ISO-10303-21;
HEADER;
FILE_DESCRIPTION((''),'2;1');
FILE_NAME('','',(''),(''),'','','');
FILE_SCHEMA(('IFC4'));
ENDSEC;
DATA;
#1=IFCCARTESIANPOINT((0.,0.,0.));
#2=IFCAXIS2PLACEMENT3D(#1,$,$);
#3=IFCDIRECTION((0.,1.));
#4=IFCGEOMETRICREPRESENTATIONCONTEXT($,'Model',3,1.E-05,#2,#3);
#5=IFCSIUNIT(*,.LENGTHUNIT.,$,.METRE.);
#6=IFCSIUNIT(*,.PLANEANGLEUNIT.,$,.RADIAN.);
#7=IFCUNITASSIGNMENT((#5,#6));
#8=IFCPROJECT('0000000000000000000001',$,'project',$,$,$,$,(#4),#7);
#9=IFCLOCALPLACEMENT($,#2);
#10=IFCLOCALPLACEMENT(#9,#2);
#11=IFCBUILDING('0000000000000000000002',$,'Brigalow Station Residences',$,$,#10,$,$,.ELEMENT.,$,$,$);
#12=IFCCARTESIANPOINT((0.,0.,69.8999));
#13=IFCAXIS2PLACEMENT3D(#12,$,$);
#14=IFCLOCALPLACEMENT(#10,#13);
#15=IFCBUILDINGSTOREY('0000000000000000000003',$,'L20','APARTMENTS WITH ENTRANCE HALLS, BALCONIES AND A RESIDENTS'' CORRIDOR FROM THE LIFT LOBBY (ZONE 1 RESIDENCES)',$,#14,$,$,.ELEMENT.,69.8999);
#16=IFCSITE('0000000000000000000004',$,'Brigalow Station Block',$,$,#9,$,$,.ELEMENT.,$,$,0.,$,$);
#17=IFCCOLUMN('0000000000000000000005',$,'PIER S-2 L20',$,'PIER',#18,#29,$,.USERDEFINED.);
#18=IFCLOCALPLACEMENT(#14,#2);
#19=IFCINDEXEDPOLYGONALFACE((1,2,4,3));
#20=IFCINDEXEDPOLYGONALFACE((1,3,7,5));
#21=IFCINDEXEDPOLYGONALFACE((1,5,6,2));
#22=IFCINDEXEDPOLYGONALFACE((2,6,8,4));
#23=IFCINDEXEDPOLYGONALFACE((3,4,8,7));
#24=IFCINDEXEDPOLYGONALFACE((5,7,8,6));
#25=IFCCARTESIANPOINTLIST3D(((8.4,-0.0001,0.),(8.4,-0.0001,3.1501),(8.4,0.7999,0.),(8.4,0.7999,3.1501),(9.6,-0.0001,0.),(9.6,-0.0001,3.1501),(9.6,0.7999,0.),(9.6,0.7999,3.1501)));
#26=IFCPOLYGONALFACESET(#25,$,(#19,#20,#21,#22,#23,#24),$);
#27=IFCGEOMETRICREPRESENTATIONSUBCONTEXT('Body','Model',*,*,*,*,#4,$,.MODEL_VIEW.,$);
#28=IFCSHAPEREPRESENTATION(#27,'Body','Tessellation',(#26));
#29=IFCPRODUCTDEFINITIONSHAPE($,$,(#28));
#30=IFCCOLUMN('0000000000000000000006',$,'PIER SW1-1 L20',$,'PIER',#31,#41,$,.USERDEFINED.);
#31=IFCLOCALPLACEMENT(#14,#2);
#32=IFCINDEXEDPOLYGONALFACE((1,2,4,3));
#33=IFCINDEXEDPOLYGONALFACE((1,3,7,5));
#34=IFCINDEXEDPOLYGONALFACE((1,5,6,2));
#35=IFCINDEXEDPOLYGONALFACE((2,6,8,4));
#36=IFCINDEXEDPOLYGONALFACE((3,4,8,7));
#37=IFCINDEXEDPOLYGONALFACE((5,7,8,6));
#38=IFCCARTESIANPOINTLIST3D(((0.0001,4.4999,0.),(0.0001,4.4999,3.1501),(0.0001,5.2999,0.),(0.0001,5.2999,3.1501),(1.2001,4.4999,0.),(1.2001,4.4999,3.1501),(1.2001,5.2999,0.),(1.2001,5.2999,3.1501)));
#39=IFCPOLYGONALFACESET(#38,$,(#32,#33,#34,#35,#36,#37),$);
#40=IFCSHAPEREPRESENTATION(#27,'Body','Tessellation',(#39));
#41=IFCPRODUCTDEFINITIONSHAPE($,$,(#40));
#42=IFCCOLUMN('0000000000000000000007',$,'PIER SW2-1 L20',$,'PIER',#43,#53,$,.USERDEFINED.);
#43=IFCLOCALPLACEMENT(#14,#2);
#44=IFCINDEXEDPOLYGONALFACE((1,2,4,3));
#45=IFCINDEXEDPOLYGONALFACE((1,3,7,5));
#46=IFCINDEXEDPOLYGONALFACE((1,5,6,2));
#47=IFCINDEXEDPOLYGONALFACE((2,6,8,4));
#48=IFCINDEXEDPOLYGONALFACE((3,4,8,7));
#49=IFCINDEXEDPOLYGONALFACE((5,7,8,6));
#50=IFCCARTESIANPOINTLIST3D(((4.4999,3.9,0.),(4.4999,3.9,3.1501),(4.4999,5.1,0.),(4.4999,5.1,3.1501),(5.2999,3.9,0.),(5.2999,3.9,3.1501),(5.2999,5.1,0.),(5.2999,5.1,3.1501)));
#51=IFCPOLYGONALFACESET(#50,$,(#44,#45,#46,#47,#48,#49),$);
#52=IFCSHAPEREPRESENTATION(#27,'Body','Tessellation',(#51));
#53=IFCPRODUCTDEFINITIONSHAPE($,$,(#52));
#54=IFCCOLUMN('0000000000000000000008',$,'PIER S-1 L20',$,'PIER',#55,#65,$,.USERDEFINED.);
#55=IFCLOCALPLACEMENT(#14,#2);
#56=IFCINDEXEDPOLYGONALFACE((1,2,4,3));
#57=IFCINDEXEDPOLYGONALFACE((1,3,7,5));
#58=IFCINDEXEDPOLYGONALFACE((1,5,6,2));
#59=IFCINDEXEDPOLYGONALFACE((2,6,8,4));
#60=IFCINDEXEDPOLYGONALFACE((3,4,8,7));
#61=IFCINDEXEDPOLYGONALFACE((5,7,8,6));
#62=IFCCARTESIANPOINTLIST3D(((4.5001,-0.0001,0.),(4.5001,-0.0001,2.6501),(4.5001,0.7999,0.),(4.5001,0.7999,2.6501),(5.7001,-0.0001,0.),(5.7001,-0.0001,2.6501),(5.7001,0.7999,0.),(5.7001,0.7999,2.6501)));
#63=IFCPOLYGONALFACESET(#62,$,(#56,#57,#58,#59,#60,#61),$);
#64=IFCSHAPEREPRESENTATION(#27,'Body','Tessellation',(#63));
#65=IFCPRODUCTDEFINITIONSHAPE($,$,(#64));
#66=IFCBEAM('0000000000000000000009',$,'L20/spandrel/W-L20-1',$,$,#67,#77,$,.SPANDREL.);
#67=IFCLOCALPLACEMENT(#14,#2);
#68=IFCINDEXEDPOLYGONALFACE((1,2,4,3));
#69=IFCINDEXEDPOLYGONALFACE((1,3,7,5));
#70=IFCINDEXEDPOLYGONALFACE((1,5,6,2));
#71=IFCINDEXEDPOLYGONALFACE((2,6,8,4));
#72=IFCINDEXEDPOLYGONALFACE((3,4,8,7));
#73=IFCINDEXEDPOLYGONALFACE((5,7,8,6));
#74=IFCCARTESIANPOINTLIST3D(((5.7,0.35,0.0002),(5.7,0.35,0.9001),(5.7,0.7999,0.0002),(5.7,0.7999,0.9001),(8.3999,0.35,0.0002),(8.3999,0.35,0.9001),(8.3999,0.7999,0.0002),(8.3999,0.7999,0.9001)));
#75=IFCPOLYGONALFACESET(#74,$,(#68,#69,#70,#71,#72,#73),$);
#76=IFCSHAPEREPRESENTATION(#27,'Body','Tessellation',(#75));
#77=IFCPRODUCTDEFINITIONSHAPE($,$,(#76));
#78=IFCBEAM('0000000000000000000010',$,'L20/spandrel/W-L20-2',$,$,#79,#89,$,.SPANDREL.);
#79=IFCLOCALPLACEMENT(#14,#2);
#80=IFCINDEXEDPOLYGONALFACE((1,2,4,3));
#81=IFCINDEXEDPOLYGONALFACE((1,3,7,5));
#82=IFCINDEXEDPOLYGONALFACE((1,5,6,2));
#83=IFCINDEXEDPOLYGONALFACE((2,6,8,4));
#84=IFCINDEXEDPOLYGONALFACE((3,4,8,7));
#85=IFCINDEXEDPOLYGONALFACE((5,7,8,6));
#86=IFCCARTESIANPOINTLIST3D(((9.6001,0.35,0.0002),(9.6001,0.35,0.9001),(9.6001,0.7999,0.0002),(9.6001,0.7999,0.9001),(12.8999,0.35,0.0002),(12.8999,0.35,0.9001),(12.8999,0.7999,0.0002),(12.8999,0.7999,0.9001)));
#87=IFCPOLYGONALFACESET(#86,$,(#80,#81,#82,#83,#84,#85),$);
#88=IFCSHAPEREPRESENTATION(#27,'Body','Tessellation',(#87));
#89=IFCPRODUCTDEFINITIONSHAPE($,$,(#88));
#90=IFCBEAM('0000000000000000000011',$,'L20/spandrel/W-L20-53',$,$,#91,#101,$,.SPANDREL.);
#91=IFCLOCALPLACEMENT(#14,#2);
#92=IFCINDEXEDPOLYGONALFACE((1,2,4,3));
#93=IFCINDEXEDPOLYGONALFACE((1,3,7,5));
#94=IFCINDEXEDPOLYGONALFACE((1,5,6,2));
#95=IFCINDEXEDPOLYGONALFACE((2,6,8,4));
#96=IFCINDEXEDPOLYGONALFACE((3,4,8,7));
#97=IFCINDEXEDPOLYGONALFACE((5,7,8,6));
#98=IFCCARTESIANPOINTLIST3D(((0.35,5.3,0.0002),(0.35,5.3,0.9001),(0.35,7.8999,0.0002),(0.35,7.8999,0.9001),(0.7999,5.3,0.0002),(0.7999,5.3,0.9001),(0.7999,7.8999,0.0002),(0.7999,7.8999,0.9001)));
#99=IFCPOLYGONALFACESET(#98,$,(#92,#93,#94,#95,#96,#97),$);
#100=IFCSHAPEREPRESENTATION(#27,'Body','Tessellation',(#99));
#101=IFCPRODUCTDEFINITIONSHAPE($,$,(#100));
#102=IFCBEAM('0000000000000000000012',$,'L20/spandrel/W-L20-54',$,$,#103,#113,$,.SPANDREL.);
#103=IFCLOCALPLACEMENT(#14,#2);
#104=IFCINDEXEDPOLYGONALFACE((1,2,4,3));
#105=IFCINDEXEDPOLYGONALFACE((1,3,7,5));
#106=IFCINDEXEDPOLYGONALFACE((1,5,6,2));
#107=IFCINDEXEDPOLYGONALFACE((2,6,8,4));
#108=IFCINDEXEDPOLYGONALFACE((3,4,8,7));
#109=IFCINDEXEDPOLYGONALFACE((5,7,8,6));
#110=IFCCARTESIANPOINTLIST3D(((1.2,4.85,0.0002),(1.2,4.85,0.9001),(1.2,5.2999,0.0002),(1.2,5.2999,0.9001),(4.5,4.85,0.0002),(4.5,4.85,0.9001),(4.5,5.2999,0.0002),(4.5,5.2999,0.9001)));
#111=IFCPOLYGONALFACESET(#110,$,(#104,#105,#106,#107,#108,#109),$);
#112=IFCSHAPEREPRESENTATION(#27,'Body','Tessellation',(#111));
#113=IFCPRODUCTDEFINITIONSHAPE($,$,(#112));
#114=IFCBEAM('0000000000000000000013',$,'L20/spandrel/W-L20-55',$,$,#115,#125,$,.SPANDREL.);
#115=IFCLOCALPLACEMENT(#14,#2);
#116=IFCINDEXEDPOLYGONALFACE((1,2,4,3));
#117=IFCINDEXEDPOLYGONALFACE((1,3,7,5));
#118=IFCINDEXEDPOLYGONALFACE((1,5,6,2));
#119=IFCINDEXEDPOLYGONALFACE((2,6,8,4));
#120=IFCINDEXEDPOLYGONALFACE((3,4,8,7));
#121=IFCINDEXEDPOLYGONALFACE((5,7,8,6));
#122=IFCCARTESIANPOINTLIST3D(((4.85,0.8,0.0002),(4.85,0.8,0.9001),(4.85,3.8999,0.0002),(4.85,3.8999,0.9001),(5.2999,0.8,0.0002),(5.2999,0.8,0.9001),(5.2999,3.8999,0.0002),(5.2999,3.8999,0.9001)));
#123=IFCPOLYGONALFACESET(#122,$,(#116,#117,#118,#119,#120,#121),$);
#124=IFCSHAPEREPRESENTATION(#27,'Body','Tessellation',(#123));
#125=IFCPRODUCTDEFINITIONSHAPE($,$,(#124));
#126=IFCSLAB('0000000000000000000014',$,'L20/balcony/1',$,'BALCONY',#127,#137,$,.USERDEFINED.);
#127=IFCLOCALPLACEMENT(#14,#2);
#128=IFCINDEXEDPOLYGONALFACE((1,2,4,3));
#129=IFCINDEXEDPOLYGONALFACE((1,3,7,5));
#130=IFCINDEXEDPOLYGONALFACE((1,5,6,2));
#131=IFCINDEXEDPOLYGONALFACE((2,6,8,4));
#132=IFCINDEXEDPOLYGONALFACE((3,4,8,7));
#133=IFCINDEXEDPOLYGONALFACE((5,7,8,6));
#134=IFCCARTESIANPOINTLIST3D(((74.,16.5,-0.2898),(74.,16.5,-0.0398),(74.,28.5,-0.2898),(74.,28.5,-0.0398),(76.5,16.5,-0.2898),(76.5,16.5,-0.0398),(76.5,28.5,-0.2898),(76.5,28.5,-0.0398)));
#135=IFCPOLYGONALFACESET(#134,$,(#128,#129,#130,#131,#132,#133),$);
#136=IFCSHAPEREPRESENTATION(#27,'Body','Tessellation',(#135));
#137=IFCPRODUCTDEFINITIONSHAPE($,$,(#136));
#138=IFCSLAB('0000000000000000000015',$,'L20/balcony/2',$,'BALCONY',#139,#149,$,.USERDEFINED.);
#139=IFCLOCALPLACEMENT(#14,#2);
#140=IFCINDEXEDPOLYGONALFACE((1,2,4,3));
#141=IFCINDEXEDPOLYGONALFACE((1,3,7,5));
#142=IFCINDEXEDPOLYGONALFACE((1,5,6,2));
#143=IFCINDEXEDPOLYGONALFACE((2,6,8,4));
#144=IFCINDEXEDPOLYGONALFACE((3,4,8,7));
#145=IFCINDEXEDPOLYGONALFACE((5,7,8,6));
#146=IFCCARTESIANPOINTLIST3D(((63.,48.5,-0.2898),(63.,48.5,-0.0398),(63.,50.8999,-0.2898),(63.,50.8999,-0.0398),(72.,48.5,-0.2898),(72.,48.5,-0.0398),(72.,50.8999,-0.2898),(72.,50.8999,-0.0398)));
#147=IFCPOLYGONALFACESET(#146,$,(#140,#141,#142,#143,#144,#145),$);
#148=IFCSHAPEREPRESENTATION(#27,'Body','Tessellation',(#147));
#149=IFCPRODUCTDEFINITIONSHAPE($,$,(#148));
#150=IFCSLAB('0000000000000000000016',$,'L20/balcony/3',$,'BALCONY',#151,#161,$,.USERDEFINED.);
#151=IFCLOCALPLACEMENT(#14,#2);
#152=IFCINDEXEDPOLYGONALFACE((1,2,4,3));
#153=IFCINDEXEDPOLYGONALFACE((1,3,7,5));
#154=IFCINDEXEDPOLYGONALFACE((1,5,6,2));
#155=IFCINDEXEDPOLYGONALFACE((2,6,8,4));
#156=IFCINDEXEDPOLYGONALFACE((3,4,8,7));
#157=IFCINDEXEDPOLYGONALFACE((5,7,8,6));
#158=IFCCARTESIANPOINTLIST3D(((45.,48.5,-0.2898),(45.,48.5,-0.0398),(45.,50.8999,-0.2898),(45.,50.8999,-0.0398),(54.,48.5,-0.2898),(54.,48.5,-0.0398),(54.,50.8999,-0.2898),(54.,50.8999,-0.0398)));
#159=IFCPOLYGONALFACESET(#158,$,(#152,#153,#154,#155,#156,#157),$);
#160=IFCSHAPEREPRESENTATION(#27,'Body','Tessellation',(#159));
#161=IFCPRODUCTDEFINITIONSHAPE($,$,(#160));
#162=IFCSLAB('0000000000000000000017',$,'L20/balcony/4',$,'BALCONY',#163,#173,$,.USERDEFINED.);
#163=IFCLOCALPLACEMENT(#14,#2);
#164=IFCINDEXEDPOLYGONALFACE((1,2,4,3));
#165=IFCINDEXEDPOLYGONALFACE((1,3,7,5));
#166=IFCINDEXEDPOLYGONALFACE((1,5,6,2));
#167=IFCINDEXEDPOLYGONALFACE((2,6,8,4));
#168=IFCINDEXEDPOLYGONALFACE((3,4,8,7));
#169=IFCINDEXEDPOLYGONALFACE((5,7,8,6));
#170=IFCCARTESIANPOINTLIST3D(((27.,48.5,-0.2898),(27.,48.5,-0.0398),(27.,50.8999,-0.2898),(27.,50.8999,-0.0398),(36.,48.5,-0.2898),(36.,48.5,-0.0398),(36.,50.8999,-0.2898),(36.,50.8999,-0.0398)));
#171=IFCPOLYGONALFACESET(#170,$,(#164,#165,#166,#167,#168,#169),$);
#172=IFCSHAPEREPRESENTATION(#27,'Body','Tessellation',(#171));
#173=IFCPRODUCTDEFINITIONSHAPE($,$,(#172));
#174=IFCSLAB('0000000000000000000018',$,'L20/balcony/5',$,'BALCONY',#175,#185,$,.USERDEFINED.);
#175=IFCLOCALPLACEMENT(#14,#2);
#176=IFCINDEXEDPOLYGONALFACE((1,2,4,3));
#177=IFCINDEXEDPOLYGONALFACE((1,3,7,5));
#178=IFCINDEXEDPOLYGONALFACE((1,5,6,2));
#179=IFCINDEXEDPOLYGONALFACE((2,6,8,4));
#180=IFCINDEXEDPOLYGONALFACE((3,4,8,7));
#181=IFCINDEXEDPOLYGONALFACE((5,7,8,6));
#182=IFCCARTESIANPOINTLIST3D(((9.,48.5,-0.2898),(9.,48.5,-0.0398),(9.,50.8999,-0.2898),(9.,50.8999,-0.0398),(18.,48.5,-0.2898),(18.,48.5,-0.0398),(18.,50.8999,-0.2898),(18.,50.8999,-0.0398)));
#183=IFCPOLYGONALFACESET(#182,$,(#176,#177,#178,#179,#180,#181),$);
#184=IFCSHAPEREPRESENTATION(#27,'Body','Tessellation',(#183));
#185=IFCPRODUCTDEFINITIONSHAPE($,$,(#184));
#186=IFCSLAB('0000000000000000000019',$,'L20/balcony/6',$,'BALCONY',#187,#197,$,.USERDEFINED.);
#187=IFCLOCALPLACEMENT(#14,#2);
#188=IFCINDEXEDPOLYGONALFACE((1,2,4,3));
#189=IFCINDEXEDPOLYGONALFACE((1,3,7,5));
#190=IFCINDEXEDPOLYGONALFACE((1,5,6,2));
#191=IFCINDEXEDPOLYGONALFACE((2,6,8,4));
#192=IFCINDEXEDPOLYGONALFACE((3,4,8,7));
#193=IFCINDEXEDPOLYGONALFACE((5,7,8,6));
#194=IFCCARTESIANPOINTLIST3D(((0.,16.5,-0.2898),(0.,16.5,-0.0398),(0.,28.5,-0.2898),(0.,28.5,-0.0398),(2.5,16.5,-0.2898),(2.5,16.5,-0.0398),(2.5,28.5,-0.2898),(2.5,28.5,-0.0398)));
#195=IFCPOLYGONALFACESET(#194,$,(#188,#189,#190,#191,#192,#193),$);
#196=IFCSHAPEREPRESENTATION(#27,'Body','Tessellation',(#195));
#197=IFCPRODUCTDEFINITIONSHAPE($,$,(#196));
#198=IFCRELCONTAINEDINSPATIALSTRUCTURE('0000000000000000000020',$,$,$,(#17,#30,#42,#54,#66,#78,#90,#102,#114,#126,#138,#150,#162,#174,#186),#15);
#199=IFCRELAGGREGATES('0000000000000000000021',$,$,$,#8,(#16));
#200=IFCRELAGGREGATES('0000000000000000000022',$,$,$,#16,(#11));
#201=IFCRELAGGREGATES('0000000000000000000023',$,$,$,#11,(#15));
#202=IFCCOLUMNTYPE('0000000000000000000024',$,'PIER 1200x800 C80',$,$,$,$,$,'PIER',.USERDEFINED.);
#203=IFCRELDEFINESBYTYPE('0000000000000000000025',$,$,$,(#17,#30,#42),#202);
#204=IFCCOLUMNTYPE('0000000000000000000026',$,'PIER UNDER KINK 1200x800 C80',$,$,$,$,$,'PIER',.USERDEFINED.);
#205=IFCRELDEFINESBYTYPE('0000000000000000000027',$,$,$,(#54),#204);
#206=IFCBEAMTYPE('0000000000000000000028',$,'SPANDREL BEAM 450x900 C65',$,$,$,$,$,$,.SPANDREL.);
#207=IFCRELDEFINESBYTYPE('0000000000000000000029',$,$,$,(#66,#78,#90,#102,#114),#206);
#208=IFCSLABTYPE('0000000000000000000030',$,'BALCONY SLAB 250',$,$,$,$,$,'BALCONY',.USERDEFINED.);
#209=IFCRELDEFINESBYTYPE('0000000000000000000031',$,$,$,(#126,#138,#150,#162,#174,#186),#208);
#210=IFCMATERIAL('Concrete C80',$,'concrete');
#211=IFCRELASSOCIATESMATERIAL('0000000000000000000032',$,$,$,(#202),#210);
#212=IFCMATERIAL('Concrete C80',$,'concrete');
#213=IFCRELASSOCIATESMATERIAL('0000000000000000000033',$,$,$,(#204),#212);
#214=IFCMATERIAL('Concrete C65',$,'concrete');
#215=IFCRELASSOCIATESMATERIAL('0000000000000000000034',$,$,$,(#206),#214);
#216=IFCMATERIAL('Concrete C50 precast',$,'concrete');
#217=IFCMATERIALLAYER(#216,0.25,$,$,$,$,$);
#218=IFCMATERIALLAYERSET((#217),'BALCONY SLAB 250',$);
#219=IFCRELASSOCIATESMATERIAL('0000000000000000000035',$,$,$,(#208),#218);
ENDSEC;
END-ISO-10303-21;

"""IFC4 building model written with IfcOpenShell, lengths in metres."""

from ifc_helpers import new_model, si_unit, direction, frame, origin, origin_2d, place, context, subcontext, project, spatial, polyline, rectangle, outline, extrude, material, layer, layer_set, material_profile, profile_set, type_object, element, save


model = new_model("IFC4")

# Units and contexts
model_context = context("Model", 3, precision=1e-05, world=origin(), true_north=direction((0.0, 1.0)))
body_context = subcontext(model_context, "Body", "Model", "MODEL_VIEW")
ifc_project = project(units=[si_unit("LENGTHUNIT", "METRE"), si_unit("PLANEANGLEUNIT", "RADIAN")], contexts=[model_context])

# Site, building, storey
site_placement = place(None, origin())
site = spatial("IfcSite", under=ifc_project, at=site_placement, Name="Brigalow Station Block", CompositionType="ELEMENT", RefElevation=0.0)
building_placement = place(site_placement, origin())
building = spatial("IfcBuilding", under=site, at=building_placement, Name="Brigalow Station Residences", CompositionType="ELEMENT")
storey_placement = place(building_placement, frame((0.0, 0.0, 69.8999)))
storey = spatial("IfcBuildingStorey", under=building, at=storey_placement, Name="L20", Description="APARTMENTS WITH ENTRANCE HALLS, BALCONIES AND A RESIDENTS' CORRIDOR FROM THE LIFT LOBBY (ZONE 1 RESIDENCES)", CompositionType="ELEMENT", Elevation=69.8999)

# Columns
ifc_material_1 = material(Name="Concrete C80", Category="concrete")
ifc_material_profile_1 = material_profile(ifc_material_1, rectangle(XDim=1.2, YDim=0.8, at=origin_2d()), Name="RC1200x800")
ifc_profile_set_1 = profile_set([ifc_material_profile_1], Name="Concrete C80")
column_type_1 = type_object("IfcColumnType", Name="PIER 1200x800 C80", ElementType="PIER", PredefinedType="USERDEFINED", material=ifc_profile_set_1)
for number, where, z_axis, x_axis, name in (
    (1, (9.0, 0.3999, 0.0), (0.0, 0.0, 1.0), (1.0, 0.0, 0.0), "PIER S-2 L20"),
    (2, (0.6001, 4.8999, 0.0), (0.0, 0.0, 1.0), (1.0, 0.0, 0.0), "PIER SW1-1 L20"),
    (3, (4.8999, 4.5, 0.0), (0.0, 0.0, 1.0), (0.0, -1.0, 0.0), "PIER SW2-1 L20"),
):
    element("IfcColumn", number, at=place(storey_placement, frame(where, z_axis=z_axis, x_axis=x_axis)), inside=storey, type_object=column_type_1, Name=name, ObjectType="PIER", PredefinedType="USERDEFINED", context=body_context, shape_type="SweptSolid", body=[
        extrude(rectangle(XDim=1.2, YDim=0.8, at=origin_2d()), origin(), (0.0, 0.0, 1.0), 3.1501),
    ])
ifc_material_2 = material(Name="Concrete C80", Category="concrete")
ifc_material_profile_2 = material_profile(ifc_material_2, rectangle(XDim=1.2, YDim=0.8, at=origin_2d()), Name="RC1200x800")
ifc_profile_set_2 = profile_set([ifc_material_profile_2], Name="Concrete C80")
column_type_2 = type_object("IfcColumnType", Name="PIER UNDER KINK 1200x800 C80", ElementType="PIER", PredefinedType="USERDEFINED", material=ifc_profile_set_2)
column_placement = place(storey_placement, frame((5.1001, 0.3999, 0.0), z_axis=(0.0, 0.0, 1.0), x_axis=(1.0, 0.0, 0.0)))
element("IfcColumn", 4, at=column_placement, inside=storey, type_object=column_type_2, Name="PIER S-1 L20", ObjectType="PIER", PredefinedType="USERDEFINED", context=body_context, shape_type="SweptSolid", body=[
    extrude(rectangle(XDim=1.2, YDim=0.8, at=origin_2d()), origin(), (0.0, 0.0, 1.0), 2.6501),
])

# Beams
ifc_material_3 = material(Name="Concrete C65", Category="concrete")
ifc_material_profile_3 = material_profile(ifc_material_3, rectangle(XDim=0.45, YDim=0.8999, at=origin_2d()), Name="RC450x900")
ifc_profile_set_3 = profile_set([ifc_material_profile_3], Name="Concrete C65")
beam_type = type_object("IfcBeamType", Name="SPANDREL BEAM 450x900 C65", PredefinedType="SPANDREL", material=ifc_profile_set_3)
beam_1_placement = place(storey_placement, frame((5.7, 0.575, 0.4502), z_axis=(1.0, 0.0, 0.0), x_axis=(0.0, 1.0, 0.0)))
element("IfcBeam", 5, at=beam_1_placement, inside=storey, type_object=beam_type, Name="L20/spandrel/W-L20-1", PredefinedType="SPANDREL", context=body_context, shape_type="SweptSolid", body=[
    extrude(rectangle(XDim=0.45, YDim=0.8999, at=origin_2d()), origin(), (0.0, 0.0, 1.0), 2.7),
])
beam_2_placement = place(storey_placement, frame((9.6001, 0.575, 0.4502), z_axis=(1.0, 0.0, 0.0), x_axis=(0.0, 1.0, 0.0)))
element("IfcBeam", 6, at=beam_2_placement, inside=storey, type_object=beam_type, Name="L20/spandrel/W-L20-2", PredefinedType="SPANDREL", context=body_context, shape_type="SweptSolid", body=[
    extrude(rectangle(XDim=0.45, YDim=0.8999, at=origin_2d()), origin(), (0.0, 0.0, 1.0), 3.2998),
])
beam_3_placement = place(storey_placement, frame((0.575, 7.8999, 0.4502), z_axis=(0.0, -1.0, 0.0), x_axis=(1.0, 0.0, 0.0)))
element("IfcBeam", 7, at=beam_3_placement, inside=storey, type_object=beam_type, Name="L20/spandrel/W-L20-53", PredefinedType="SPANDREL", context=body_context, shape_type="SweptSolid", body=[
    extrude(rectangle(XDim=0.45, YDim=0.8999, at=origin_2d()), origin(), (0.0, 0.0, 1.0), 2.5999),
])
beam_4_placement = place(storey_placement, frame((1.2, 5.075, 0.4502), z_axis=(1.0, 0.0, 0.0), x_axis=(0.0, 1.0, 0.0)))
element("IfcBeam", 8, at=beam_4_placement, inside=storey, type_object=beam_type, Name="L20/spandrel/W-L20-54", PredefinedType="SPANDREL", context=body_context, shape_type="SweptSolid", body=[
    extrude(rectangle(XDim=0.45, YDim=0.8999, at=origin_2d()), origin(), (0.0, 0.0, 1.0), 3.3),
])
beam_5_placement = place(storey_placement, frame((5.075, 3.8999, 0.4502), z_axis=(0.0, -1.0, 0.0), x_axis=(1.0, 0.0, 0.0)))
element("IfcBeam", 9, at=beam_5_placement, inside=storey, type_object=beam_type, Name="L20/spandrel/W-L20-55", PredefinedType="SPANDREL", context=body_context, shape_type="SweptSolid", body=[
    extrude(rectangle(XDim=0.45, YDim=0.8999, at=origin_2d()), origin(), (0.0, 0.0, 1.0), 3.0999),
])

# Slabs
ifc_material_4 = material(Name="Concrete C50 precast", Category="concrete")
ifc_layer_1 = layer(ifc_material_4, 0.25)
ifc_layer_set_1 = layer_set([ifc_layer_1], Name="BALCONY SLAB 250")
slab_type_1 = type_object("IfcSlabType", Name="BALCONY SLAB 250", ElementType="BALCONY", PredefinedType="USERDEFINED", material=ifc_layer_set_1)
slab_1_placement = place(storey_placement, frame((0.0, 0.0, -0.2898)))
element("IfcSlab", 10, at=slab_1_placement, inside=storey, type_object=slab_type_1, Name="L20/balcony/1", ObjectType="BALCONY", PredefinedType="USERDEFINED", context=body_context, shape_type="SweptSolid", body=[
    extrude(outline(polyline([(74.0, 16.5), (76.5, 16.5), (76.5, 28.5), (74.0, 28.5), (74.0, 16.5)])), origin(), (0.0, 0.0, 1.0), 0.25),
])
slab_2_placement = place(storey_placement, frame((0.0, 0.0, -0.2898)))
element("IfcSlab", 11, at=slab_2_placement, inside=storey, type_object=slab_type_1, Name="L20/balcony/2", ObjectType="BALCONY", PredefinedType="USERDEFINED", context=body_context, shape_type="SweptSolid", body=[
    extrude(outline(polyline([(72.0, 48.5), (72.0, 50.8999), (63.0, 50.8999), (63.0, 48.5), (72.0, 48.5)])), origin(), (0.0, 0.0, 1.0), 0.25),
])
slab_3_placement = place(storey_placement, frame((0.0, 0.0, -0.2898)))
element("IfcSlab", 12, at=slab_3_placement, inside=storey, type_object=slab_type_1, Name="L20/balcony/3", ObjectType="BALCONY", PredefinedType="USERDEFINED", context=body_context, shape_type="SweptSolid", body=[
    extrude(outline(polyline([(54.0, 48.5), (54.0, 50.8999), (45.0, 50.8999), (45.0, 48.5), (54.0, 48.5)])), origin(), (0.0, 0.0, 1.0), 0.25),
])
slab_4_placement = place(storey_placement, frame((0.0, 0.0, -0.2898)))
element("IfcSlab", 13, at=slab_4_placement, inside=storey, type_object=slab_type_1, Name="L20/balcony/4", ObjectType="BALCONY", PredefinedType="USERDEFINED", context=body_context, shape_type="SweptSolid", body=[
    extrude(outline(polyline([(36.0, 48.5), (36.0, 50.8999), (27.0, 50.8999), (27.0, 48.5), (36.0, 48.5)])), origin(), (0.0, 0.0, 1.0), 0.25),
])
slab_5_placement = place(storey_placement, frame((0.0, 0.0, -0.2898)))
element("IfcSlab", 14, at=slab_5_placement, inside=storey, type_object=slab_type_1, Name="L20/balcony/5", ObjectType="BALCONY", PredefinedType="USERDEFINED", context=body_context, shape_type="SweptSolid", body=[
    extrude(outline(polyline([(18.0, 48.5), (18.0, 50.8999), (9.0, 50.8999), (9.0, 48.5), (18.0, 48.5)])), origin(), (0.0, 0.0, 1.0), 0.25),
])
slab_6_placement = place(storey_placement, frame((0.0, 0.0, -0.2898)))
element("IfcSlab", 15, at=slab_6_placement, inside=storey, type_object=slab_type_1, Name="L20/balcony/6", ObjectType="BALCONY", PredefinedType="USERDEFINED", context=body_context, shape_type="SweptSolid", body=[
    extrude(outline(polyline([(2.5, 28.5), (0.0, 28.5), (0.0, 16.5), (2.5, 16.5), (2.5, 28.5)])), origin(), (0.0, 0.0, 1.0), 0.25),
])

save(model, "model.ifc")
